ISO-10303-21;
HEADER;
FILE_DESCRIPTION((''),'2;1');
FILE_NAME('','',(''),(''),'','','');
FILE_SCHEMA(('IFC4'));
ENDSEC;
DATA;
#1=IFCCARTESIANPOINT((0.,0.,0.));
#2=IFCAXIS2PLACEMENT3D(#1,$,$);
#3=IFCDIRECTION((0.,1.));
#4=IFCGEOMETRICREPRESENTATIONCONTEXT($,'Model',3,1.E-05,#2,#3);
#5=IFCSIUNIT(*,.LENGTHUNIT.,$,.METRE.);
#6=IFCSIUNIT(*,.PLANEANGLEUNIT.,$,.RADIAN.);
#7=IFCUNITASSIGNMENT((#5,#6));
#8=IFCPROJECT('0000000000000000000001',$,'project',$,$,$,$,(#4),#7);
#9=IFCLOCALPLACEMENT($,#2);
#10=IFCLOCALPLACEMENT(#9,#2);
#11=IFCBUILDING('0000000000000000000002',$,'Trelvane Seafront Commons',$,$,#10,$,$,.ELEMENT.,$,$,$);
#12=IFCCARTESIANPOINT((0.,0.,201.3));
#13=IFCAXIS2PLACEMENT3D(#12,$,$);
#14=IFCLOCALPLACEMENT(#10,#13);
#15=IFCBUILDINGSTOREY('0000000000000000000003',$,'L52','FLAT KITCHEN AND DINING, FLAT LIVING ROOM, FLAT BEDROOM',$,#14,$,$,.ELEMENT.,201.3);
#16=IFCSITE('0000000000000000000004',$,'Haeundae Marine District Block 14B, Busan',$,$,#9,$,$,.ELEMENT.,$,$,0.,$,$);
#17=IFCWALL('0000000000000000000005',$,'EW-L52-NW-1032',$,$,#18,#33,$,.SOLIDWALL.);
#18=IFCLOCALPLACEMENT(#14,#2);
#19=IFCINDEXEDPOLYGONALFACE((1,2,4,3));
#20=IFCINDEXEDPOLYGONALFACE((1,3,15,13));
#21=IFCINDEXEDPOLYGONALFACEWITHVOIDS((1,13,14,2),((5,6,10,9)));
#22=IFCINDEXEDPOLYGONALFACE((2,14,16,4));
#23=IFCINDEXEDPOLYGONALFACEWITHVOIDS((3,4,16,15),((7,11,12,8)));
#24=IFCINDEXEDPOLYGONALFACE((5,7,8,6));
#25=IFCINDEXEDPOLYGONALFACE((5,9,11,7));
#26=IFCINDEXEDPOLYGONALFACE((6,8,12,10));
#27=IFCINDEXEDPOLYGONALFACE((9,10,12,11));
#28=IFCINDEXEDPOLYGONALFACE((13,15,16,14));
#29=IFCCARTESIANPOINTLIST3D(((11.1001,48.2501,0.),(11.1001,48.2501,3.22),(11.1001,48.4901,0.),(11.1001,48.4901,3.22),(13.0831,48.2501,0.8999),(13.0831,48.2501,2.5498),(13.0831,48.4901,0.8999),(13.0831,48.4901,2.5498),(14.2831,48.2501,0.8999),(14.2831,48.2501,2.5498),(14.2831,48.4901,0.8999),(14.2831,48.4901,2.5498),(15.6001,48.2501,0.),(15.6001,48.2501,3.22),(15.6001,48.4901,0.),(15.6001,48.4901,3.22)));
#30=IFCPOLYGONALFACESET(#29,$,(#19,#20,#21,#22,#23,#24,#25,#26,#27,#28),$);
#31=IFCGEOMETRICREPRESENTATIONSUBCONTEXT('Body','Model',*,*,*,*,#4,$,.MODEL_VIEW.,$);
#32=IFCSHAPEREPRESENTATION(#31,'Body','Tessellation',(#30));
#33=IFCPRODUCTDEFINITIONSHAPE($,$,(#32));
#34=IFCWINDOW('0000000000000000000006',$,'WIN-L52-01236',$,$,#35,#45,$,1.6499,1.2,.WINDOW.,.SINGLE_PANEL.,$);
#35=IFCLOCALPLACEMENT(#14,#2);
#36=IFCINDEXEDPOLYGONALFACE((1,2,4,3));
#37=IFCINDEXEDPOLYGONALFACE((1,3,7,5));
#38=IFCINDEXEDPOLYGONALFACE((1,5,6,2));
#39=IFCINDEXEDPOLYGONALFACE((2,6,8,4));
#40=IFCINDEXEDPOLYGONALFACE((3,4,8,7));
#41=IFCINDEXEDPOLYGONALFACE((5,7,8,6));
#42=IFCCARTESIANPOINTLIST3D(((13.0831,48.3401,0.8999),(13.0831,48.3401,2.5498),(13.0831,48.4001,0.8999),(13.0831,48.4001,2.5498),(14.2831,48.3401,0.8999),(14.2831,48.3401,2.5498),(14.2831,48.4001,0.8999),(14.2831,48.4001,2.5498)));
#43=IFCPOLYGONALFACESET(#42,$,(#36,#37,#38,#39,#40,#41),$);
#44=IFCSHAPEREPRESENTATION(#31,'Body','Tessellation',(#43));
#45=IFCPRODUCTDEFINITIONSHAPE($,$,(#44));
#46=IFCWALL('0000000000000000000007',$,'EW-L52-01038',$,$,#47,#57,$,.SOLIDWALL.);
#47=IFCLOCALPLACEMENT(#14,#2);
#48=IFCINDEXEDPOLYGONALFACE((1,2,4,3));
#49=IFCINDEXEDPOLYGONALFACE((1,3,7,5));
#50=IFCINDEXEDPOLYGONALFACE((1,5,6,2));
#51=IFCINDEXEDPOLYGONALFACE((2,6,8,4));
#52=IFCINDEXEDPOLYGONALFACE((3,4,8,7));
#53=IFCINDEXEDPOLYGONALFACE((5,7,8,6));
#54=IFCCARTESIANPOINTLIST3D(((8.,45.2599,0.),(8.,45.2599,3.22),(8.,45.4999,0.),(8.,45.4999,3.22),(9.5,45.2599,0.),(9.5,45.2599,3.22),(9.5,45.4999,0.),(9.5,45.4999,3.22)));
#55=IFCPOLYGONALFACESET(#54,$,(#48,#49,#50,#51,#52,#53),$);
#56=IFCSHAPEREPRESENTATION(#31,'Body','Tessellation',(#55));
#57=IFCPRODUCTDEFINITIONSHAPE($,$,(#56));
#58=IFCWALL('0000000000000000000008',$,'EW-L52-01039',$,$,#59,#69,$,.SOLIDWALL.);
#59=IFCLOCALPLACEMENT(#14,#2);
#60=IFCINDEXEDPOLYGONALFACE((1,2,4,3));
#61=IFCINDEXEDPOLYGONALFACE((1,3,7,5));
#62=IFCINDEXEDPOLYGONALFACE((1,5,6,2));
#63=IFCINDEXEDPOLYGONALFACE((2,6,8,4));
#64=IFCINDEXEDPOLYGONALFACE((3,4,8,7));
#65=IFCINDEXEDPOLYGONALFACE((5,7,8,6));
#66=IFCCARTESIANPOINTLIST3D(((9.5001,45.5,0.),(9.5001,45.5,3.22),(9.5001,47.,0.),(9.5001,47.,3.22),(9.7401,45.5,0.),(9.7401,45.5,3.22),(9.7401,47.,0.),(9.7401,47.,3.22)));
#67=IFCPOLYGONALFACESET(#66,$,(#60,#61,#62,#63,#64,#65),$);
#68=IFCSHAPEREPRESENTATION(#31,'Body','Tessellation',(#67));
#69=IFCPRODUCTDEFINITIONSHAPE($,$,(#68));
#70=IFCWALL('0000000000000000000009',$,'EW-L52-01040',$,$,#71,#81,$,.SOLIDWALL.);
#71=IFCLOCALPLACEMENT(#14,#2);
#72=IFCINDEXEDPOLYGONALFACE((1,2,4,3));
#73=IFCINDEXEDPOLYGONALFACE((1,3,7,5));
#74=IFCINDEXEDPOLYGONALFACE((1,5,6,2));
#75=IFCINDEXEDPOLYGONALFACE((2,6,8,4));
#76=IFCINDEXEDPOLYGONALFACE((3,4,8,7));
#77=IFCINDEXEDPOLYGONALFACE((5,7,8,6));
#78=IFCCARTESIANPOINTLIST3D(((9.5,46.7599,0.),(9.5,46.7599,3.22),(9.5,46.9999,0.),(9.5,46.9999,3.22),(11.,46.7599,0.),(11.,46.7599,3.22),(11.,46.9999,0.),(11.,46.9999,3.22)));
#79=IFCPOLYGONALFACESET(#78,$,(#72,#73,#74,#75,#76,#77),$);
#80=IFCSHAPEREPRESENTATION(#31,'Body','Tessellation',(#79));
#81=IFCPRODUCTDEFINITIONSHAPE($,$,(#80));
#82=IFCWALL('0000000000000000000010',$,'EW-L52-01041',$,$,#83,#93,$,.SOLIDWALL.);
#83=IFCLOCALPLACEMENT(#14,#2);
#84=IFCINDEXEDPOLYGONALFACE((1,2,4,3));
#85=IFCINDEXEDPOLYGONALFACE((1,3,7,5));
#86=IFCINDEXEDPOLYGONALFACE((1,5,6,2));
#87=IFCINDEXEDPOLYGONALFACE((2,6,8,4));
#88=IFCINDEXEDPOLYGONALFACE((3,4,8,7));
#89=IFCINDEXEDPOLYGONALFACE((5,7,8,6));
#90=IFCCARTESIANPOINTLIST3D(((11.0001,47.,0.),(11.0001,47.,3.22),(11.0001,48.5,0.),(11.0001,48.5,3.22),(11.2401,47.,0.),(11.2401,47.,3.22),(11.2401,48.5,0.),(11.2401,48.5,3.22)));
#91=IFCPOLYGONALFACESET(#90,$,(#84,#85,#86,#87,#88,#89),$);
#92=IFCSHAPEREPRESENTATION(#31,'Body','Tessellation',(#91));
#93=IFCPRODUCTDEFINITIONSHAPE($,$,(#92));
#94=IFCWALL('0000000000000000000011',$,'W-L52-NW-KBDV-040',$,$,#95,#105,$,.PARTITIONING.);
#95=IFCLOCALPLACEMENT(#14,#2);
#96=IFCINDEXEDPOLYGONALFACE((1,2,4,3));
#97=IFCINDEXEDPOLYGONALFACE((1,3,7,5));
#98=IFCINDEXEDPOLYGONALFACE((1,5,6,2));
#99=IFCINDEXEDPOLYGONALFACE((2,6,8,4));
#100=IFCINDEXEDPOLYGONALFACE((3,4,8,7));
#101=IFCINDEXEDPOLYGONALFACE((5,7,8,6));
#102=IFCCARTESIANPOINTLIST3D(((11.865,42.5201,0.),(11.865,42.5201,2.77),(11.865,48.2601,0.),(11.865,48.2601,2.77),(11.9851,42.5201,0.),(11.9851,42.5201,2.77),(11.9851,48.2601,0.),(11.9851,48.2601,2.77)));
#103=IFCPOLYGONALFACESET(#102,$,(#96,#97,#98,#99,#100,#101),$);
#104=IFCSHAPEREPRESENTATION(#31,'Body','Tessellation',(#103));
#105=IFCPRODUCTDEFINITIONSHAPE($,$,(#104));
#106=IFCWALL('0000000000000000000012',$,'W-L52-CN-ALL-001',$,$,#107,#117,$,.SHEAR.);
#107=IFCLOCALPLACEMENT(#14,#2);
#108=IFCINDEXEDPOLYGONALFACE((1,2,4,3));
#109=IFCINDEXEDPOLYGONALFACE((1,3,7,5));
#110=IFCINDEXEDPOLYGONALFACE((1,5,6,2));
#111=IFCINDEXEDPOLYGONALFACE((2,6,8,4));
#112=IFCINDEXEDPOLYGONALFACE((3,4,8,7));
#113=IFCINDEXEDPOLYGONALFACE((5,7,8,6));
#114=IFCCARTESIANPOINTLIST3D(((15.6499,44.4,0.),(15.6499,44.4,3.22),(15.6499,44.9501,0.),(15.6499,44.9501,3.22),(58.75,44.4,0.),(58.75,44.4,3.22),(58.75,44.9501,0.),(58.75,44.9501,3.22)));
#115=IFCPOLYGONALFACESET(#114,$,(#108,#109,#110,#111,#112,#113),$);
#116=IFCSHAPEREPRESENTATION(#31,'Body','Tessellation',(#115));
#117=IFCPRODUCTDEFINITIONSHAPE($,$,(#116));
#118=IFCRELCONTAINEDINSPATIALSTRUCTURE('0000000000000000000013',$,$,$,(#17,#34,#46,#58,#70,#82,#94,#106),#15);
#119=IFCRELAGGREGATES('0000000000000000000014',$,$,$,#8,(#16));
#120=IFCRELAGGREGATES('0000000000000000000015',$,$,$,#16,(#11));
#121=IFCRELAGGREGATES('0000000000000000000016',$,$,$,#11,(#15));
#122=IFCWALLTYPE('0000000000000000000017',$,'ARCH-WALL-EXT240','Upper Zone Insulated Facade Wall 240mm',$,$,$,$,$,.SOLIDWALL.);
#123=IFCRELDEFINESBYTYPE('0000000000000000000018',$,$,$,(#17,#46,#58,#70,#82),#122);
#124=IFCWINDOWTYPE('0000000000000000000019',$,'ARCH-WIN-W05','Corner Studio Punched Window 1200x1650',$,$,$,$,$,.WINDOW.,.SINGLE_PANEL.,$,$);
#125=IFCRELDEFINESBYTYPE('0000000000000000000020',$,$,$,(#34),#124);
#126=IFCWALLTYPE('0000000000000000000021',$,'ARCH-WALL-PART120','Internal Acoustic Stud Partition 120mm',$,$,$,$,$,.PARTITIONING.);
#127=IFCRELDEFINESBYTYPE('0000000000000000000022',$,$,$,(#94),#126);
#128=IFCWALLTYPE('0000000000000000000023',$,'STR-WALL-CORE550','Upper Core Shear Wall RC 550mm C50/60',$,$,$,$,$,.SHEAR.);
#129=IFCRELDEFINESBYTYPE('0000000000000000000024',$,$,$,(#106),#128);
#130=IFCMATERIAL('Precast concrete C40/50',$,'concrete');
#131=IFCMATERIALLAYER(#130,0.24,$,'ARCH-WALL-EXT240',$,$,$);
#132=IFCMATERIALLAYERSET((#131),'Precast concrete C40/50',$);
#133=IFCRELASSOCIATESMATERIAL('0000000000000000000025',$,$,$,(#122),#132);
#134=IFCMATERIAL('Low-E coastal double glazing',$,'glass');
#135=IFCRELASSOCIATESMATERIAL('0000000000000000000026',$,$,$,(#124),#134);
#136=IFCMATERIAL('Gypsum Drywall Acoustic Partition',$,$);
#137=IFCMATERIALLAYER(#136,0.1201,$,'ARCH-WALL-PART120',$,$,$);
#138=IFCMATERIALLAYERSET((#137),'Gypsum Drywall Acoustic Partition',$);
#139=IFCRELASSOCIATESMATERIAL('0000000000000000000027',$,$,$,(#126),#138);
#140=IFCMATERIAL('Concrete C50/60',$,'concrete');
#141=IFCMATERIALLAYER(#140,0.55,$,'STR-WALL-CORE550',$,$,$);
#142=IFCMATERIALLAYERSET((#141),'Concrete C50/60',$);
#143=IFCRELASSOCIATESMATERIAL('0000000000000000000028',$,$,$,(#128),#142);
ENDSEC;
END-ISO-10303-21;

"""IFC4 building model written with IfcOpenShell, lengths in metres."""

from ifc_helpers import new_model, si_unit, direction, frame, frame_2d, origin, place, context, subcontext, project, spatial, rectangle, extrude, source, transform, mapped, material, layer, layer_set, type_object, element, fill, save


model = new_model("IFC4")

# Units and contexts
model_context = context("Model", 3, precision=1e-05, world=origin(), true_north=direction((0.0, 1.0)))
body_context = subcontext(model_context, "Body", "Model", "MODEL_VIEW")
ifc_project = project(units=[si_unit("LENGTHUNIT", "METRE"), si_unit("PLANEANGLEUNIT", "RADIAN")], contexts=[model_context])

# Site, building, storey
site_placement = place(None, origin())
site = spatial("IfcSite", under=ifc_project, at=site_placement, Name="Haeundae Marine District Block 14B, Busan", CompositionType="ELEMENT", RefElevation=0.0)
building_placement = place(site_placement, origin())
building = spatial("IfcBuilding", under=site, at=building_placement, Name="Trelvane Seafront Commons", CompositionType="ELEMENT")
storey_placement = place(building_placement, frame((0.0, 0.0, 201.3)))
storey = spatial("IfcBuildingStorey", under=building, at=storey_placement, Name="L52", Description="FLAT KITCHEN AND DINING, FLAT LIVING ROOM, FLAT BEDROOM", CompositionType="ELEMENT", Elevation=201.3)

# Shared definitions
ifc_material_1 = material(Name="Concrete C50/60", Category="concrete")

# Shared definitions
ifc_material_2 = material(Name="Low-E coastal double glazing", Category="glass")

# Wall, opening, window
ifc_material_3 = material(Name="Precast concrete C40/50", Category="concrete")
ifc_layer_1 = layer(ifc_material_3, 0.24, Name="ARCH-WALL-EXT240")
ifc_layer_set_1 = layer_set([ifc_layer_1], Name="Precast concrete C40/50")
wall_type_1 = type_object("IfcWallType", Name="ARCH-WALL-EXT240", Description="Upper Zone Insulated Facade Wall 240mm", PredefinedType="SOLIDWALL", material=ifc_layer_set_1)
wall_1_placement = place(storey_placement, frame((11.1001, 48.3701, 0.0), z_axis=(0.0, 0.0, 1.0), x_axis=(1.0, 0.0, 0.0)))
wall_1 = element("IfcWall", 1, at=wall_1_placement, inside=storey, type_object=wall_type_1, Name="EW-L52-NW-1032", PredefinedType="SOLIDWALL", context=body_context, shape_type="SweptSolid", body=[
    extrude(rectangle(XDim=4.5, YDim=0.24, at=frame_2d((2.25, 0.0))), origin(), (0.0, 0.0, 1.0), 3.22),
])
opening_1_placement = place(wall_1_placement, frame((1.9829, 0.0, 0.8999)))
opening_1 = element("IfcOpeningElement", 2, at=opening_1_placement, cuts=wall_1, PredefinedType="OPENING", context=body_context, shape_type="SweptSolid", body=[
    extrude(rectangle(XDim=1.2, YDim=1.6499, at=frame_2d((0.6001, 0.825))), frame((0.0, 0.1299, 0.0), z_axis=(0.0, -1.0, 0.0), x_axis=(1.0, 0.0, 0.0)), (0.0, 0.0, 1.0), 0.26),
])
window_type = type_object("IfcWindowType", Name="ARCH-WIN-W05", Description="Corner Studio Punched Window 1200x1650", PartitioningType="SINGLE_PANEL", PredefinedType="WINDOW", material=ifc_material_2)
shared_shape_1 = source(origin(), body_context, "Body", "SweptSolid", [
    extrude(rectangle(XDim=1.2, YDim=1.6499, at=frame_2d((0.6001, 0.825))), frame((0.0, 0.03, 0.0), z_axis=(0.0, -1.0, 0.0), x_axis=(1.0, 0.0, 0.0)), (0.0, 0.0, 1.0), 0.0601),
])
window_placement = place(opening_1_placement, origin())
window = element("IfcWindow", 3, at=window_placement, inside=storey, type_object=window_type, Name="WIN-L52-01236", OverallHeight=1.6499, OverallWidth=1.2, PartitioningType="SINGLE_PANEL", PredefinedType="WINDOW", context=body_context, shape_type="MappedRepresentation", body=[
    mapped(shared_shape_1, transform((0.0, 0.0, 0.0), x_axis=(1.0, 0.0, 0.0), y_axis=(0.0, 1.0, 0.0), z_axis=(0.0, 0.0, 1.0), scale=1.0)),
])
fill(opening_1, window)

# Walls
for number, where, z_axis, x_axis, name in (
    (4, (8.0, 45.3799, 0.0), (0.0, 0.0, 1.0), (1.0, 0.0, 0.0), "EW-L52-01038"),
    (5, (9.6201, 45.5, 0.0), (0.0, 0.0, 1.0), (0.0, 1.0, 0.0), "EW-L52-01039"),
    (6, (9.5, 46.8799, 0.0), (0.0, 0.0, 1.0), (1.0, 0.0, 0.0), "EW-L52-01040"),
    (7, (11.1201, 47.0, 0.0), (0.0, 0.0, 1.0), (0.0, 1.0, 0.0), "EW-L52-01041"),
):
    element("IfcWall", number, at=place(storey_placement, frame(where, z_axis=z_axis, x_axis=x_axis)), inside=storey, type_object=wall_type_1, Name=name, PredefinedType="SOLIDWALL", context=body_context, shape_type="SweptSolid", body=[
        extrude(rectangle(XDim=1.5, YDim=0.24, at=frame_2d((0.75, 0.0))), origin(), (0.0, 0.0, 1.0), 3.22),
    ])
ifc_material_4 = material(Name="Gypsum Drywall Acoustic Partition")
ifc_layer_2 = layer(ifc_material_4, 0.1201, Name="ARCH-WALL-PART120")
ifc_layer_set_2 = layer_set([ifc_layer_2], Name="Gypsum Drywall Acoustic Partition")
wall_type_2 = type_object("IfcWallType", Name="ARCH-WALL-PART120", Description="Internal Acoustic Stud Partition 120mm", PredefinedType="PARTITIONING", material=ifc_layer_set_2)
wall_2_placement = place(storey_placement, frame((11.925, 42.52, 0.0), z_axis=(0.0, 0.0, 1.0), x_axis=(0.0, 1.0, 0.0)))
element("IfcWall", 8, at=wall_2_placement, inside=storey, type_object=wall_type_2, Name="W-L52-NW-KBDV-040", PredefinedType="PARTITIONING", context=body_context, shape_type="SweptSolid", body=[
    extrude(rectangle(XDim=5.74, YDim=0.1201, at=frame_2d((2.8701, 0.0))), origin(), (0.0, 0.0, 1.0), 2.77),
])

# Wall
ifc_layer_3 = layer(ifc_material_1, 0.55, Name="STR-WALL-CORE550")
ifc_layer_set_3 = layer_set([ifc_layer_3], Name="Concrete C50/60")
wall_type_3 = type_object("IfcWallType", Name="STR-WALL-CORE550", Description="Upper Core Shear Wall RC 550mm C50/60", PredefinedType="SHEAR", material=ifc_layer_set_3)
wall_3_placement = place(storey_placement, frame((15.6499, 44.675, 0.0), z_axis=(0.0, 0.0, 1.0), x_axis=(1.0, 0.0, 0.0)))
element("IfcWall", 9, at=wall_3_placement, inside=storey, type_object=wall_type_3, Name="W-L52-CN-ALL-001", PredefinedType="SHEAR", context=body_context, shape_type="SweptSolid", body=[
    extrude(rectangle(XDim=43.1001, YDim=0.55, at=frame_2d((21.55, 0.0))), origin(), (0.0, 0.0, 1.0), 3.22),
])

save(model, "model.ifc")
